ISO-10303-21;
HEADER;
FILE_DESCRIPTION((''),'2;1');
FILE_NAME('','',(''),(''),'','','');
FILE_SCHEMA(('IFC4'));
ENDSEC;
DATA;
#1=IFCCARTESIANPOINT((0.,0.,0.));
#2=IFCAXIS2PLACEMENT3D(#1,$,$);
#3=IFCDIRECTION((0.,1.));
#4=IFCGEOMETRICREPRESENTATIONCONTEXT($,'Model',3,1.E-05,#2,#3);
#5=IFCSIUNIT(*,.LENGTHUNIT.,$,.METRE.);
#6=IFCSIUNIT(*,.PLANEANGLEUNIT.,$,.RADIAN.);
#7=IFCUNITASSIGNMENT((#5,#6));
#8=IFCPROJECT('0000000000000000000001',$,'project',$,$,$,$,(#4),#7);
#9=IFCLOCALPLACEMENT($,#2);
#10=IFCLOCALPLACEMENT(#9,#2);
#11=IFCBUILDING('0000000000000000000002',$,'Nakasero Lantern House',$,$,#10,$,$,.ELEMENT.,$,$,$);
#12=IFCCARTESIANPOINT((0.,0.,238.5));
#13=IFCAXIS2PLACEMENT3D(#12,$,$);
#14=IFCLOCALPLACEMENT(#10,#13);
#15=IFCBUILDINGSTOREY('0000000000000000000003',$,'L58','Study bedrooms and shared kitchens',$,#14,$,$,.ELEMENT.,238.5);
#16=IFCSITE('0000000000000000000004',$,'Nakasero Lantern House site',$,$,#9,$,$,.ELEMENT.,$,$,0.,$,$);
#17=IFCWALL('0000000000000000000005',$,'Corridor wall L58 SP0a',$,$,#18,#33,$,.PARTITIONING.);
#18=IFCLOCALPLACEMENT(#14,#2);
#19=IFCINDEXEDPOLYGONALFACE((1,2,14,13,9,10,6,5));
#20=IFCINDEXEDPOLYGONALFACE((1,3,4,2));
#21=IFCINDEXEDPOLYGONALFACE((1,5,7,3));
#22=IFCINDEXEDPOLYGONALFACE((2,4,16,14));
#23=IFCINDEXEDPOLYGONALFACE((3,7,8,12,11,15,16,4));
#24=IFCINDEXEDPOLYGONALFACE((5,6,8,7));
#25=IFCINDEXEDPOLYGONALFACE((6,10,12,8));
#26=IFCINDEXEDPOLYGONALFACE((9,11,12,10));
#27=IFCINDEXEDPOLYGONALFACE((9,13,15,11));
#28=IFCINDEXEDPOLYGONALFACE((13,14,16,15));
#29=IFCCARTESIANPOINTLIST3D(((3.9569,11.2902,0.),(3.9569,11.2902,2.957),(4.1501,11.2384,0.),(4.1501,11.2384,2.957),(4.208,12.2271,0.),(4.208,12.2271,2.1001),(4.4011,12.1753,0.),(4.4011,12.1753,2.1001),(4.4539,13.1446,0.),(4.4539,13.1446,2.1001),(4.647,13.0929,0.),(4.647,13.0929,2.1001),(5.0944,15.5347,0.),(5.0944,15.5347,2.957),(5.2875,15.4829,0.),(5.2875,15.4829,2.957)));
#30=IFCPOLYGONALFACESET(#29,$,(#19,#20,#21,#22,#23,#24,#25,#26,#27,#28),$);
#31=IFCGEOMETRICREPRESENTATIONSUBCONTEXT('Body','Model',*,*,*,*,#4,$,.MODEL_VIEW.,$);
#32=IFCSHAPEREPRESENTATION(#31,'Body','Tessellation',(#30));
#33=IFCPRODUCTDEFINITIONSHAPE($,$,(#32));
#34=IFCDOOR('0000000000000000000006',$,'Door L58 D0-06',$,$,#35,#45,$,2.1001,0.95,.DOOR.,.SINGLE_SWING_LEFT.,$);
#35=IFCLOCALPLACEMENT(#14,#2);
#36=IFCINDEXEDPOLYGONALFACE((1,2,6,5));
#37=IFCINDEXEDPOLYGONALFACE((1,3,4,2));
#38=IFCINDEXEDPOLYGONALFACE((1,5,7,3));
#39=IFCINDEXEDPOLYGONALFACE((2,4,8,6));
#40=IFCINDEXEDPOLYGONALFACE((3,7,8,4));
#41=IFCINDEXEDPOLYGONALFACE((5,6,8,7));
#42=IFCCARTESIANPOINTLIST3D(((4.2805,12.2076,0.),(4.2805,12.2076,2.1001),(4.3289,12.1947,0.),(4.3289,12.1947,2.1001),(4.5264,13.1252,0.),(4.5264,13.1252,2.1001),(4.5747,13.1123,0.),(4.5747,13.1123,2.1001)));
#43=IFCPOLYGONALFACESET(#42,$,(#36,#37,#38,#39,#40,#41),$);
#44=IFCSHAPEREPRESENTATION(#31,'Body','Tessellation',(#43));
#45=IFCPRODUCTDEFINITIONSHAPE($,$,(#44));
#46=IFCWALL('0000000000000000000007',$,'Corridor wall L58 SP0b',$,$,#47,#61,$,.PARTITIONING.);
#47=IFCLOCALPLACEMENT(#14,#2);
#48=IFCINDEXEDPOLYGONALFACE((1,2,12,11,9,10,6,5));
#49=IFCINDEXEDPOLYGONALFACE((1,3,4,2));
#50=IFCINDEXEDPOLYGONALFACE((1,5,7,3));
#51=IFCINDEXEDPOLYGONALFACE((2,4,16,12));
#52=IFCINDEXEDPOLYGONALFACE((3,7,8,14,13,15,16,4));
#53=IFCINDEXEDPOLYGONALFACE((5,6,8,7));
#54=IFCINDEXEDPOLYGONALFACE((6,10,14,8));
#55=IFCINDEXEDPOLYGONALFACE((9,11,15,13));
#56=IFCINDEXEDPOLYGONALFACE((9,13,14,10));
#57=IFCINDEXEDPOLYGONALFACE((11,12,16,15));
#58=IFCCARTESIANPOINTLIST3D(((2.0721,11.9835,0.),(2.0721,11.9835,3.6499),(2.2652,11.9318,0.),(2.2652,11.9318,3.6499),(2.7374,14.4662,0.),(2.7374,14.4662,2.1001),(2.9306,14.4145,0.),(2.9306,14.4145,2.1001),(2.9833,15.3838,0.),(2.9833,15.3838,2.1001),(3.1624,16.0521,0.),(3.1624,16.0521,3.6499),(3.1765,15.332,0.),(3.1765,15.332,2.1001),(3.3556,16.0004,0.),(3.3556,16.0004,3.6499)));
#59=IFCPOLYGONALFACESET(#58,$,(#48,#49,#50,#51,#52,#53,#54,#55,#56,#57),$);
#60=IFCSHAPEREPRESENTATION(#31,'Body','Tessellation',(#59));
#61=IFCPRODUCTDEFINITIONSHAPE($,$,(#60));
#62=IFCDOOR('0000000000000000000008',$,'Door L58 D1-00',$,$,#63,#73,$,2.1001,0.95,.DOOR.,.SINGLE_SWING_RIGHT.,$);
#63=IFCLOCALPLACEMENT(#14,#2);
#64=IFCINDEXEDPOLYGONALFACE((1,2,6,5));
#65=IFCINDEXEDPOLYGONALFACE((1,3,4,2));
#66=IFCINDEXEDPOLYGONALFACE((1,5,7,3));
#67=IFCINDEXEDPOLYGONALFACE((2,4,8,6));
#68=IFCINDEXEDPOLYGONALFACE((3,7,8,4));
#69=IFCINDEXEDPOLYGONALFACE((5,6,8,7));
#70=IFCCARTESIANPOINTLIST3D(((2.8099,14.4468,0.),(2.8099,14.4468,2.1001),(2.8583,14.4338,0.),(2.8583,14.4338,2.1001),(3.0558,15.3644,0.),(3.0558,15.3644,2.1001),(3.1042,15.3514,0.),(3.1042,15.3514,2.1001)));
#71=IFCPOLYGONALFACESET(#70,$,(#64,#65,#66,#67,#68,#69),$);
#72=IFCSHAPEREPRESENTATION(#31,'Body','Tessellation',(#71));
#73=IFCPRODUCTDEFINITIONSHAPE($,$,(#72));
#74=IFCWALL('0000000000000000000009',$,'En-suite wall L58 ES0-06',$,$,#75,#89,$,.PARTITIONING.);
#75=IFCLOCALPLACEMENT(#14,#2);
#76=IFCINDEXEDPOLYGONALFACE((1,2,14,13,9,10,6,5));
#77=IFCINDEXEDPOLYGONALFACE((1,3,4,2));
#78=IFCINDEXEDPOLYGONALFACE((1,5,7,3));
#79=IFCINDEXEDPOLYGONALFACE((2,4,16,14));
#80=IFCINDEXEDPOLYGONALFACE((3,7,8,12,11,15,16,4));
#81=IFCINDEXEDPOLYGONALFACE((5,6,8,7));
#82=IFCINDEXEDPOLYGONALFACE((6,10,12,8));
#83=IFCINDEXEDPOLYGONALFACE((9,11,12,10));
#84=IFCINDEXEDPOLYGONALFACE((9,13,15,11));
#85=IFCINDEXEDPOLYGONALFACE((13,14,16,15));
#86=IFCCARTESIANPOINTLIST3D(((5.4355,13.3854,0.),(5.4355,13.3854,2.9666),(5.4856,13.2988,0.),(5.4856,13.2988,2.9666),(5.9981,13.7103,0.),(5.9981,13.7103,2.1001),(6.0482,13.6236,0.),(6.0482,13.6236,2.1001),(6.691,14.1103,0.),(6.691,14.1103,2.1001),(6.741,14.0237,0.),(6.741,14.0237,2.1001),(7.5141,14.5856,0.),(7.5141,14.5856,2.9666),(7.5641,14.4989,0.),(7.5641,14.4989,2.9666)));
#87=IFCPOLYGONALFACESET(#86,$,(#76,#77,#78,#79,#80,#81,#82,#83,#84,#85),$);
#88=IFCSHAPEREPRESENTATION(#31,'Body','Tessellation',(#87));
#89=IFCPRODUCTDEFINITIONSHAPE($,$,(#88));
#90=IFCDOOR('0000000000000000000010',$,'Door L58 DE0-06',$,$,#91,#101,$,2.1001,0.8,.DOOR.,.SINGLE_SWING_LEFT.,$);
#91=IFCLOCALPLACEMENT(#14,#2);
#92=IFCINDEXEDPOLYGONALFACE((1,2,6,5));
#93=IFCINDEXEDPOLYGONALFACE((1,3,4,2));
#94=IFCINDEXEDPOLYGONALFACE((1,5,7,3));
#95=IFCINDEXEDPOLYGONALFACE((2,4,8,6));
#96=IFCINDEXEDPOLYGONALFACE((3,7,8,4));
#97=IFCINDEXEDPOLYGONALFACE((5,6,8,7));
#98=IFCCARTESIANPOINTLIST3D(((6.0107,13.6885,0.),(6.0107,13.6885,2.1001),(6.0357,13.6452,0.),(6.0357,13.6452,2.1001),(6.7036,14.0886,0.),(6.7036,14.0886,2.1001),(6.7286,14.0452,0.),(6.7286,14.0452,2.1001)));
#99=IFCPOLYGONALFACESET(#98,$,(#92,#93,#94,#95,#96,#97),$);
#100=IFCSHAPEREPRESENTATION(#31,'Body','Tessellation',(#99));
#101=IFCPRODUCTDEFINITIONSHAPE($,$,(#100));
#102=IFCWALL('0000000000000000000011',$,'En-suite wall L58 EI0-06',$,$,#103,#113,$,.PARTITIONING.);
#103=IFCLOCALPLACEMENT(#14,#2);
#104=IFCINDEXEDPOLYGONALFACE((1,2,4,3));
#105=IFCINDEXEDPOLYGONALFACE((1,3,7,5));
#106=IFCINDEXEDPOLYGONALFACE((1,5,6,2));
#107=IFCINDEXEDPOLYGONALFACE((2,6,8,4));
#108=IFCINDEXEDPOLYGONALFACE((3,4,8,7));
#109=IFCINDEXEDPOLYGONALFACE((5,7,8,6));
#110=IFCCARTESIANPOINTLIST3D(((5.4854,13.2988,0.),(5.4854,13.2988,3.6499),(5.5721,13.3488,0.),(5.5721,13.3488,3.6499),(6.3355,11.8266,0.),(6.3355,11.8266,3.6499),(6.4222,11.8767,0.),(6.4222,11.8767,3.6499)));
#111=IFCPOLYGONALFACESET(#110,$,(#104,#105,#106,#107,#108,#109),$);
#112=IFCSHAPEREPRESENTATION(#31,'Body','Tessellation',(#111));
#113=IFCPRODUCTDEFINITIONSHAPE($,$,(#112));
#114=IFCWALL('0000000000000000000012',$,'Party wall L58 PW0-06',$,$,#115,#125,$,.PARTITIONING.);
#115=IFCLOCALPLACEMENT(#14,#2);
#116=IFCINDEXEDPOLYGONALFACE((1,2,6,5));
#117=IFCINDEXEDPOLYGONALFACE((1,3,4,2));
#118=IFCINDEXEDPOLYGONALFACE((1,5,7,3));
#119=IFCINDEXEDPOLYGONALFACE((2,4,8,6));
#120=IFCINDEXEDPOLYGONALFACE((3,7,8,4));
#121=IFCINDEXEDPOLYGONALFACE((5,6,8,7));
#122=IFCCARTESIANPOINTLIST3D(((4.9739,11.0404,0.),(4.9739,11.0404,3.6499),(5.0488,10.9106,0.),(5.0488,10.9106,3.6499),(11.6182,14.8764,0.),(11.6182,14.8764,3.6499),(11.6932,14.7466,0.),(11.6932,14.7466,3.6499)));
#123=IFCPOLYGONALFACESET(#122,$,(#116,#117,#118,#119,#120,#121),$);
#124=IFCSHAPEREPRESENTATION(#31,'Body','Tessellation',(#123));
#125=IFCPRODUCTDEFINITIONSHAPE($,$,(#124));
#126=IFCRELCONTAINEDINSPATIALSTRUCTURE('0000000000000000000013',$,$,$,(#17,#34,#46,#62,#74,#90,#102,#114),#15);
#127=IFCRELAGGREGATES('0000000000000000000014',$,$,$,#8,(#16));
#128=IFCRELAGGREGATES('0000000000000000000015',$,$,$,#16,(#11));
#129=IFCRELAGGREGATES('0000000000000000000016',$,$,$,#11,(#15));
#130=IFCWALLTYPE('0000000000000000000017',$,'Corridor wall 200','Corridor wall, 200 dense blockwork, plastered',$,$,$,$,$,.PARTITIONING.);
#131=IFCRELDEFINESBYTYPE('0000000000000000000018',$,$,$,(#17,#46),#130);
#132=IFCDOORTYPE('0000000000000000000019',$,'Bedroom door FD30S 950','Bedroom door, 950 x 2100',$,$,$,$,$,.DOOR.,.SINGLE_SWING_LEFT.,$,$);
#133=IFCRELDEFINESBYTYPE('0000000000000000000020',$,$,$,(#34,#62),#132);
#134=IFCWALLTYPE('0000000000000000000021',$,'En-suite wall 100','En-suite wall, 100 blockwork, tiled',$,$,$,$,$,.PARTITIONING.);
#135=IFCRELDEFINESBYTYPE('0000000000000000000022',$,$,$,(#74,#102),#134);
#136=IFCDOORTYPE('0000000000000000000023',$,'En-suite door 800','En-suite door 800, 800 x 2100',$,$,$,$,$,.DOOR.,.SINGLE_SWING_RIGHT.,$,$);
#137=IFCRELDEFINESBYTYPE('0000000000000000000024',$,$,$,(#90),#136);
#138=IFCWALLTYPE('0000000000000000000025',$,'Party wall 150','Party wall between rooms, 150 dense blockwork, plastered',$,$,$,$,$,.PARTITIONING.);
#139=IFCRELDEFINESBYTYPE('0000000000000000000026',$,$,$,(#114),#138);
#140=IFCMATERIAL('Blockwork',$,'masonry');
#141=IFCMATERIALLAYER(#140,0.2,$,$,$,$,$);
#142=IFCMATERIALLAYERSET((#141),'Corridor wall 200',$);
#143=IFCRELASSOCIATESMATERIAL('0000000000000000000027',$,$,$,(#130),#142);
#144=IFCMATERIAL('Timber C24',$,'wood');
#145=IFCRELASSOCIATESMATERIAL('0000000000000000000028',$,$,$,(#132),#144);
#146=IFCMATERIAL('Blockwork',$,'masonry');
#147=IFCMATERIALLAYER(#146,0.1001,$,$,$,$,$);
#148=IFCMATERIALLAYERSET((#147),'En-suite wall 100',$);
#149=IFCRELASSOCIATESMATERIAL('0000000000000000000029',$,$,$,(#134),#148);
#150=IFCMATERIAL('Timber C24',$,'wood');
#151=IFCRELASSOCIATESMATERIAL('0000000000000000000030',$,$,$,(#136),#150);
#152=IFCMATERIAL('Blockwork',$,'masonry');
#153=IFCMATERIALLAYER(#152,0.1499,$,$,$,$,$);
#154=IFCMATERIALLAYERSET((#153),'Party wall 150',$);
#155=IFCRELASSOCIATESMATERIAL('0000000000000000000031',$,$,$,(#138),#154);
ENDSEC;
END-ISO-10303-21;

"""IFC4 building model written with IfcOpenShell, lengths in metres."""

from ifc_helpers import new_model, si_unit, direction, frame, frame_2d, origin, place, context, subcontext, project, spatial, rectangle, extrude, material, layer, layer_set, type_object, element, fill, save


model = new_model("IFC4")

# Units and contexts
model_context = context("Model", 3, precision=1e-05, world=origin(), true_north=direction((0.0, 1.0)))
body_context = subcontext(model_context, "Body", "Model", "MODEL_VIEW")
ifc_project = project(units=[si_unit("LENGTHUNIT", "METRE"), si_unit("PLANEANGLEUNIT", "RADIAN")], contexts=[model_context])

# Site, building, storey
site_placement = place(None, origin())
site = spatial("IfcSite", under=ifc_project, at=site_placement, Name="Nakasero Lantern House site", CompositionType="ELEMENT", RefElevation=0.0)
building_placement = place(site_placement, origin())
building = spatial("IfcBuilding", under=site, at=building_placement, Name="Nakasero Lantern House", CompositionType="ELEMENT")
storey_placement = place(building_placement, frame((0.0, 0.0, 238.5)))
storey = spatial("IfcBuildingStorey", under=building, at=storey_placement, Name="L58", Description="Study bedrooms and shared kitchens", CompositionType="ELEMENT", Elevation=238.5)

# Shared definitions
ifc_material_1 = material(Name="Blockwork", Category="masonry")
ifc_layer_1 = layer(ifc_material_1, 0.2)
ifc_layer_set_1 = layer_set([ifc_layer_1], Name="Corridor wall 200")
wall_type_1 = type_object("IfcWallType", Name="Corridor wall 200", Description="Corridor wall, 200 dense blockwork, plastered", PredefinedType="PARTITIONING", material=ifc_layer_set_1)

# Walls, openings, doors
wall_1_placement = place(storey_placement, frame((4.0535, 11.2642, 0.0), z_axis=(0.0, 0.0, 1.0), x_axis=(0.258842, 0.96592, 0.0)))
wall_1 = element("IfcWall", 1, at=wall_1_placement, inside=storey, type_object=wall_type_1, Name="Corridor wall L58 SP0a", PredefinedType="PARTITIONING", context=body_context, shape_type="SweptSolid", body=[
    extrude(rectangle(XDim=4.3943, YDim=0.2, at=frame_2d((2.1973, 0.0))), origin(), (0.0, 0.0, 1.0), 2.957),
])
opening_1_placement = place(wall_1_placement, frame((0.97, 0.0, 0.0)))
opening_1 = element("IfcOpeningElement", 2, at=opening_1_placement, cuts=wall_1, PredefinedType="OPENING", context=body_context, shape_type="SweptSolid", body=[
    extrude(rectangle(XDim=0.95, YDim=2.1001, at=frame_2d((0.4751, 1.05))), frame((0.0, 0.1199, 0.0), z_axis=(0.0, -1.0, 0.0), x_axis=(1.0, 0.0, 0.0)), (0.0, 0.0, 1.0), 0.24),
])
ifc_material_2 = material(Name="Timber C24", Category="wood")
door_type_1 = type_object("IfcDoorType", Name="Bedroom door FD30S 950", Description="Bedroom door, 950 x 2100", OperationType="SINGLE_SWING_LEFT", PredefinedType="DOOR", material=ifc_material_2)
door_1_placement = place(opening_1_placement, origin())
door_1 = element("IfcDoor", 3, at=door_1_placement, inside=storey, type_object=door_type_1, Name="Door L58 D0-06", OperationType="SINGLE_SWING_LEFT", OverallHeight=2.1001, OverallWidth=0.95, PredefinedType="DOOR", context=body_context, shape_type="SweptSolid", body=[
    extrude(rectangle(XDim=0.95, YDim=2.1001, at=frame_2d((0.4751, 1.05))), frame((0.0, 0.0249, 0.0), z_axis=(0.0, -1.0, 0.0), x_axis=(1.0, 0.0, 0.0)), (0.0, 0.0, 1.0), 0.05),
])
fill(opening_1, door_1)
wall_2_placement = place(storey_placement, frame((2.1687, 11.9578, 0.0), z_axis=(0.0, 0.0, 1.0), x_axis=(0.258853, 0.965917, 0.0)))
wall_2 = element("IfcWall", 4, at=wall_2_placement, inside=storey, type_object=wall_type_1, Name="Corridor wall L58 SP0b", PredefinedType="PARTITIONING", context=body_context, shape_type="SweptSolid", body=[
    extrude(rectangle(XDim=4.2122, YDim=0.2, at=frame_2d((2.106, 0.0))), origin(), (0.0, 0.0, 1.0), 3.6499),
])
opening_2_placement = place(wall_2_placement, frame((2.5701, 0.0, 0.0)))
opening_2 = element("IfcOpeningElement", 5, at=opening_2_placement, cuts=wall_2, PredefinedType="OPENING", context=body_context, shape_type="SweptSolid", body=[
    extrude(rectangle(XDim=0.95, YDim=2.1001, at=frame_2d((0.4751, 1.05))), frame((0.0, 0.1199, 0.0), z_axis=(0.0, -1.0, 0.0), x_axis=(1.0, 0.0, 0.0)), (0.0, 0.0, 1.0), 0.24),
])
door_2_placement = place(opening_2_placement, origin())
door_2 = element("IfcDoor", 6, at=door_2_placement, inside=storey, type_object=door_type_1, Name="Door L58 D1-00", OperationType="SINGLE_SWING_RIGHT", OverallHeight=2.1001, OverallWidth=0.95, PredefinedType="DOOR", context=body_context, shape_type="SweptSolid", body=[
    extrude(rectangle(XDim=0.95, YDim=2.1001, at=frame_2d((0.4751, 1.05))), frame((0.0, 0.0249, 0.0), z_axis=(0.0, -1.0, 0.0), x_axis=(1.0, 0.0, 0.0)), (0.0, 0.0, 1.0), 0.05),
])
fill(opening_2, door_2)
ifc_material_3 = material(Name="Blockwork", Category="masonry")
ifc_layer_2 = layer(ifc_material_3, 0.1001)
ifc_layer_set_2 = layer_set([ifc_layer_2], Name="En-suite wall 100")
wall_type_2 = type_object("IfcWallType", Name="En-suite wall 100", Description="En-suite wall, 100 blockwork, tiled", PredefinedType="PARTITIONING", material=ifc_layer_set_2)
wall_3_placement = place(storey_placement, frame((5.4604, 13.342, 0.0), z_axis=(0.0, 0.0, 1.0), x_axis=(0.866006, 0.500034, 0.0)))
wall_3 = element("IfcWall", 7, at=wall_3_placement, inside=storey, type_object=wall_type_2, Name="En-suite wall L58 ES0-06", PredefinedType="PARTITIONING", context=body_context, shape_type="SweptSolid", body=[
    extrude(rectangle(XDim=2.4001, YDim=0.1001, at=frame_2d((1.2002, 0.0))), origin(), (0.0, 0.0, 1.0), 2.9666),
])
opening_3_placement = place(wall_3_placement, frame((0.6499, 0.0, 0.0)))
opening_3 = element("IfcOpeningElement", 8, at=opening_3_placement, cuts=wall_3, PredefinedType="OPENING", context=body_context, shape_type="SweptSolid", body=[
    extrude(rectangle(XDim=0.8, YDim=2.1001, at=frame_2d((0.3999, 1.05))), frame((0.0, 0.0701, 0.0), z_axis=(0.0, -1.0, 0.0), x_axis=(1.0, 0.0, 0.0)), (0.0, 0.0, 1.0), 0.1401),
])
ifc_material_4 = material(Name="Timber C24", Category="wood")
door_type_2 = type_object("IfcDoorType", Name="En-suite door 800", Description="En-suite door 800, 800 x 2100", OperationType="SINGLE_SWING_RIGHT", PredefinedType="DOOR", material=ifc_material_4)
door_3_placement = place(opening_3_placement, origin())
door_3 = element("IfcDoor", 9, at=door_3_placement, inside=storey, type_object=door_type_2, Name="Door L58 DE0-06", OperationType="SINGLE_SWING_LEFT", OverallHeight=2.1001, OverallWidth=0.8, PredefinedType="DOOR", context=body_context, shape_type="SweptSolid", body=[
    extrude(rectangle(XDim=0.8, YDim=2.1001, at=frame_2d((0.3999, 1.05))), frame((0.0, 0.0249, 0.0), z_axis=(0.0, -1.0, 0.0), x_axis=(1.0, 0.0, 0.0)), (0.0, 0.0, 1.0), 0.05),
])
fill(opening_3, door_3)

# Walls
wall_4_placement = place(storey_placement, frame((6.3789, 11.8516, 0.0), z_axis=(0.0, 0.0, 1.0), x_axis=(-0.500062, 0.865989, 0.0)))
element("IfcWall", 10, at=wall_4_placement, inside=storey, type_object=wall_type_2, Name="En-suite wall L58 EI0-06", PredefinedType="PARTITIONING", context=body_context, shape_type="SweptSolid", body=[
    extrude(rectangle(XDim=1.7, YDim=0.1001, at=frame_2d((0.8501, 0.0))), origin(), (0.0, 0.0, 1.0), 3.6499),
])
ifc_material_5 = material(Name="Blockwork", Category="masonry")
ifc_layer_3 = layer(ifc_material_5, 0.1499)
ifc_layer_set_3 = layer_set([ifc_layer_3], Name="Party wall 150")
wall_type_3 = type_object("IfcWallType", Name="Party wall 150", Description="Party wall between rooms, 150 dense blockwork, plastered", PredefinedType="PARTITIONING", material=ifc_layer_set_3)
wall_5_placement = place(storey_placement, frame((5.0115, 10.9756, 0.0), z_axis=(0.0, 0.0, 1.0), x_axis=(0.866034, 0.499986, 0.0)))
element("IfcWall", 11, at=wall_5_placement, inside=storey, type_object=wall_type_3, Name="Party wall L58 PW0-06", PredefinedType="PARTITIONING", context=body_context, shape_type="SweptSolid", body=[
    extrude(rectangle(XDim=7.6721, YDim=0.1499, at=frame_2d((3.8359, 0.0))), origin(), (0.0, 0.0, 1.0), 3.6499),
])

save(model, "model.ifc")
